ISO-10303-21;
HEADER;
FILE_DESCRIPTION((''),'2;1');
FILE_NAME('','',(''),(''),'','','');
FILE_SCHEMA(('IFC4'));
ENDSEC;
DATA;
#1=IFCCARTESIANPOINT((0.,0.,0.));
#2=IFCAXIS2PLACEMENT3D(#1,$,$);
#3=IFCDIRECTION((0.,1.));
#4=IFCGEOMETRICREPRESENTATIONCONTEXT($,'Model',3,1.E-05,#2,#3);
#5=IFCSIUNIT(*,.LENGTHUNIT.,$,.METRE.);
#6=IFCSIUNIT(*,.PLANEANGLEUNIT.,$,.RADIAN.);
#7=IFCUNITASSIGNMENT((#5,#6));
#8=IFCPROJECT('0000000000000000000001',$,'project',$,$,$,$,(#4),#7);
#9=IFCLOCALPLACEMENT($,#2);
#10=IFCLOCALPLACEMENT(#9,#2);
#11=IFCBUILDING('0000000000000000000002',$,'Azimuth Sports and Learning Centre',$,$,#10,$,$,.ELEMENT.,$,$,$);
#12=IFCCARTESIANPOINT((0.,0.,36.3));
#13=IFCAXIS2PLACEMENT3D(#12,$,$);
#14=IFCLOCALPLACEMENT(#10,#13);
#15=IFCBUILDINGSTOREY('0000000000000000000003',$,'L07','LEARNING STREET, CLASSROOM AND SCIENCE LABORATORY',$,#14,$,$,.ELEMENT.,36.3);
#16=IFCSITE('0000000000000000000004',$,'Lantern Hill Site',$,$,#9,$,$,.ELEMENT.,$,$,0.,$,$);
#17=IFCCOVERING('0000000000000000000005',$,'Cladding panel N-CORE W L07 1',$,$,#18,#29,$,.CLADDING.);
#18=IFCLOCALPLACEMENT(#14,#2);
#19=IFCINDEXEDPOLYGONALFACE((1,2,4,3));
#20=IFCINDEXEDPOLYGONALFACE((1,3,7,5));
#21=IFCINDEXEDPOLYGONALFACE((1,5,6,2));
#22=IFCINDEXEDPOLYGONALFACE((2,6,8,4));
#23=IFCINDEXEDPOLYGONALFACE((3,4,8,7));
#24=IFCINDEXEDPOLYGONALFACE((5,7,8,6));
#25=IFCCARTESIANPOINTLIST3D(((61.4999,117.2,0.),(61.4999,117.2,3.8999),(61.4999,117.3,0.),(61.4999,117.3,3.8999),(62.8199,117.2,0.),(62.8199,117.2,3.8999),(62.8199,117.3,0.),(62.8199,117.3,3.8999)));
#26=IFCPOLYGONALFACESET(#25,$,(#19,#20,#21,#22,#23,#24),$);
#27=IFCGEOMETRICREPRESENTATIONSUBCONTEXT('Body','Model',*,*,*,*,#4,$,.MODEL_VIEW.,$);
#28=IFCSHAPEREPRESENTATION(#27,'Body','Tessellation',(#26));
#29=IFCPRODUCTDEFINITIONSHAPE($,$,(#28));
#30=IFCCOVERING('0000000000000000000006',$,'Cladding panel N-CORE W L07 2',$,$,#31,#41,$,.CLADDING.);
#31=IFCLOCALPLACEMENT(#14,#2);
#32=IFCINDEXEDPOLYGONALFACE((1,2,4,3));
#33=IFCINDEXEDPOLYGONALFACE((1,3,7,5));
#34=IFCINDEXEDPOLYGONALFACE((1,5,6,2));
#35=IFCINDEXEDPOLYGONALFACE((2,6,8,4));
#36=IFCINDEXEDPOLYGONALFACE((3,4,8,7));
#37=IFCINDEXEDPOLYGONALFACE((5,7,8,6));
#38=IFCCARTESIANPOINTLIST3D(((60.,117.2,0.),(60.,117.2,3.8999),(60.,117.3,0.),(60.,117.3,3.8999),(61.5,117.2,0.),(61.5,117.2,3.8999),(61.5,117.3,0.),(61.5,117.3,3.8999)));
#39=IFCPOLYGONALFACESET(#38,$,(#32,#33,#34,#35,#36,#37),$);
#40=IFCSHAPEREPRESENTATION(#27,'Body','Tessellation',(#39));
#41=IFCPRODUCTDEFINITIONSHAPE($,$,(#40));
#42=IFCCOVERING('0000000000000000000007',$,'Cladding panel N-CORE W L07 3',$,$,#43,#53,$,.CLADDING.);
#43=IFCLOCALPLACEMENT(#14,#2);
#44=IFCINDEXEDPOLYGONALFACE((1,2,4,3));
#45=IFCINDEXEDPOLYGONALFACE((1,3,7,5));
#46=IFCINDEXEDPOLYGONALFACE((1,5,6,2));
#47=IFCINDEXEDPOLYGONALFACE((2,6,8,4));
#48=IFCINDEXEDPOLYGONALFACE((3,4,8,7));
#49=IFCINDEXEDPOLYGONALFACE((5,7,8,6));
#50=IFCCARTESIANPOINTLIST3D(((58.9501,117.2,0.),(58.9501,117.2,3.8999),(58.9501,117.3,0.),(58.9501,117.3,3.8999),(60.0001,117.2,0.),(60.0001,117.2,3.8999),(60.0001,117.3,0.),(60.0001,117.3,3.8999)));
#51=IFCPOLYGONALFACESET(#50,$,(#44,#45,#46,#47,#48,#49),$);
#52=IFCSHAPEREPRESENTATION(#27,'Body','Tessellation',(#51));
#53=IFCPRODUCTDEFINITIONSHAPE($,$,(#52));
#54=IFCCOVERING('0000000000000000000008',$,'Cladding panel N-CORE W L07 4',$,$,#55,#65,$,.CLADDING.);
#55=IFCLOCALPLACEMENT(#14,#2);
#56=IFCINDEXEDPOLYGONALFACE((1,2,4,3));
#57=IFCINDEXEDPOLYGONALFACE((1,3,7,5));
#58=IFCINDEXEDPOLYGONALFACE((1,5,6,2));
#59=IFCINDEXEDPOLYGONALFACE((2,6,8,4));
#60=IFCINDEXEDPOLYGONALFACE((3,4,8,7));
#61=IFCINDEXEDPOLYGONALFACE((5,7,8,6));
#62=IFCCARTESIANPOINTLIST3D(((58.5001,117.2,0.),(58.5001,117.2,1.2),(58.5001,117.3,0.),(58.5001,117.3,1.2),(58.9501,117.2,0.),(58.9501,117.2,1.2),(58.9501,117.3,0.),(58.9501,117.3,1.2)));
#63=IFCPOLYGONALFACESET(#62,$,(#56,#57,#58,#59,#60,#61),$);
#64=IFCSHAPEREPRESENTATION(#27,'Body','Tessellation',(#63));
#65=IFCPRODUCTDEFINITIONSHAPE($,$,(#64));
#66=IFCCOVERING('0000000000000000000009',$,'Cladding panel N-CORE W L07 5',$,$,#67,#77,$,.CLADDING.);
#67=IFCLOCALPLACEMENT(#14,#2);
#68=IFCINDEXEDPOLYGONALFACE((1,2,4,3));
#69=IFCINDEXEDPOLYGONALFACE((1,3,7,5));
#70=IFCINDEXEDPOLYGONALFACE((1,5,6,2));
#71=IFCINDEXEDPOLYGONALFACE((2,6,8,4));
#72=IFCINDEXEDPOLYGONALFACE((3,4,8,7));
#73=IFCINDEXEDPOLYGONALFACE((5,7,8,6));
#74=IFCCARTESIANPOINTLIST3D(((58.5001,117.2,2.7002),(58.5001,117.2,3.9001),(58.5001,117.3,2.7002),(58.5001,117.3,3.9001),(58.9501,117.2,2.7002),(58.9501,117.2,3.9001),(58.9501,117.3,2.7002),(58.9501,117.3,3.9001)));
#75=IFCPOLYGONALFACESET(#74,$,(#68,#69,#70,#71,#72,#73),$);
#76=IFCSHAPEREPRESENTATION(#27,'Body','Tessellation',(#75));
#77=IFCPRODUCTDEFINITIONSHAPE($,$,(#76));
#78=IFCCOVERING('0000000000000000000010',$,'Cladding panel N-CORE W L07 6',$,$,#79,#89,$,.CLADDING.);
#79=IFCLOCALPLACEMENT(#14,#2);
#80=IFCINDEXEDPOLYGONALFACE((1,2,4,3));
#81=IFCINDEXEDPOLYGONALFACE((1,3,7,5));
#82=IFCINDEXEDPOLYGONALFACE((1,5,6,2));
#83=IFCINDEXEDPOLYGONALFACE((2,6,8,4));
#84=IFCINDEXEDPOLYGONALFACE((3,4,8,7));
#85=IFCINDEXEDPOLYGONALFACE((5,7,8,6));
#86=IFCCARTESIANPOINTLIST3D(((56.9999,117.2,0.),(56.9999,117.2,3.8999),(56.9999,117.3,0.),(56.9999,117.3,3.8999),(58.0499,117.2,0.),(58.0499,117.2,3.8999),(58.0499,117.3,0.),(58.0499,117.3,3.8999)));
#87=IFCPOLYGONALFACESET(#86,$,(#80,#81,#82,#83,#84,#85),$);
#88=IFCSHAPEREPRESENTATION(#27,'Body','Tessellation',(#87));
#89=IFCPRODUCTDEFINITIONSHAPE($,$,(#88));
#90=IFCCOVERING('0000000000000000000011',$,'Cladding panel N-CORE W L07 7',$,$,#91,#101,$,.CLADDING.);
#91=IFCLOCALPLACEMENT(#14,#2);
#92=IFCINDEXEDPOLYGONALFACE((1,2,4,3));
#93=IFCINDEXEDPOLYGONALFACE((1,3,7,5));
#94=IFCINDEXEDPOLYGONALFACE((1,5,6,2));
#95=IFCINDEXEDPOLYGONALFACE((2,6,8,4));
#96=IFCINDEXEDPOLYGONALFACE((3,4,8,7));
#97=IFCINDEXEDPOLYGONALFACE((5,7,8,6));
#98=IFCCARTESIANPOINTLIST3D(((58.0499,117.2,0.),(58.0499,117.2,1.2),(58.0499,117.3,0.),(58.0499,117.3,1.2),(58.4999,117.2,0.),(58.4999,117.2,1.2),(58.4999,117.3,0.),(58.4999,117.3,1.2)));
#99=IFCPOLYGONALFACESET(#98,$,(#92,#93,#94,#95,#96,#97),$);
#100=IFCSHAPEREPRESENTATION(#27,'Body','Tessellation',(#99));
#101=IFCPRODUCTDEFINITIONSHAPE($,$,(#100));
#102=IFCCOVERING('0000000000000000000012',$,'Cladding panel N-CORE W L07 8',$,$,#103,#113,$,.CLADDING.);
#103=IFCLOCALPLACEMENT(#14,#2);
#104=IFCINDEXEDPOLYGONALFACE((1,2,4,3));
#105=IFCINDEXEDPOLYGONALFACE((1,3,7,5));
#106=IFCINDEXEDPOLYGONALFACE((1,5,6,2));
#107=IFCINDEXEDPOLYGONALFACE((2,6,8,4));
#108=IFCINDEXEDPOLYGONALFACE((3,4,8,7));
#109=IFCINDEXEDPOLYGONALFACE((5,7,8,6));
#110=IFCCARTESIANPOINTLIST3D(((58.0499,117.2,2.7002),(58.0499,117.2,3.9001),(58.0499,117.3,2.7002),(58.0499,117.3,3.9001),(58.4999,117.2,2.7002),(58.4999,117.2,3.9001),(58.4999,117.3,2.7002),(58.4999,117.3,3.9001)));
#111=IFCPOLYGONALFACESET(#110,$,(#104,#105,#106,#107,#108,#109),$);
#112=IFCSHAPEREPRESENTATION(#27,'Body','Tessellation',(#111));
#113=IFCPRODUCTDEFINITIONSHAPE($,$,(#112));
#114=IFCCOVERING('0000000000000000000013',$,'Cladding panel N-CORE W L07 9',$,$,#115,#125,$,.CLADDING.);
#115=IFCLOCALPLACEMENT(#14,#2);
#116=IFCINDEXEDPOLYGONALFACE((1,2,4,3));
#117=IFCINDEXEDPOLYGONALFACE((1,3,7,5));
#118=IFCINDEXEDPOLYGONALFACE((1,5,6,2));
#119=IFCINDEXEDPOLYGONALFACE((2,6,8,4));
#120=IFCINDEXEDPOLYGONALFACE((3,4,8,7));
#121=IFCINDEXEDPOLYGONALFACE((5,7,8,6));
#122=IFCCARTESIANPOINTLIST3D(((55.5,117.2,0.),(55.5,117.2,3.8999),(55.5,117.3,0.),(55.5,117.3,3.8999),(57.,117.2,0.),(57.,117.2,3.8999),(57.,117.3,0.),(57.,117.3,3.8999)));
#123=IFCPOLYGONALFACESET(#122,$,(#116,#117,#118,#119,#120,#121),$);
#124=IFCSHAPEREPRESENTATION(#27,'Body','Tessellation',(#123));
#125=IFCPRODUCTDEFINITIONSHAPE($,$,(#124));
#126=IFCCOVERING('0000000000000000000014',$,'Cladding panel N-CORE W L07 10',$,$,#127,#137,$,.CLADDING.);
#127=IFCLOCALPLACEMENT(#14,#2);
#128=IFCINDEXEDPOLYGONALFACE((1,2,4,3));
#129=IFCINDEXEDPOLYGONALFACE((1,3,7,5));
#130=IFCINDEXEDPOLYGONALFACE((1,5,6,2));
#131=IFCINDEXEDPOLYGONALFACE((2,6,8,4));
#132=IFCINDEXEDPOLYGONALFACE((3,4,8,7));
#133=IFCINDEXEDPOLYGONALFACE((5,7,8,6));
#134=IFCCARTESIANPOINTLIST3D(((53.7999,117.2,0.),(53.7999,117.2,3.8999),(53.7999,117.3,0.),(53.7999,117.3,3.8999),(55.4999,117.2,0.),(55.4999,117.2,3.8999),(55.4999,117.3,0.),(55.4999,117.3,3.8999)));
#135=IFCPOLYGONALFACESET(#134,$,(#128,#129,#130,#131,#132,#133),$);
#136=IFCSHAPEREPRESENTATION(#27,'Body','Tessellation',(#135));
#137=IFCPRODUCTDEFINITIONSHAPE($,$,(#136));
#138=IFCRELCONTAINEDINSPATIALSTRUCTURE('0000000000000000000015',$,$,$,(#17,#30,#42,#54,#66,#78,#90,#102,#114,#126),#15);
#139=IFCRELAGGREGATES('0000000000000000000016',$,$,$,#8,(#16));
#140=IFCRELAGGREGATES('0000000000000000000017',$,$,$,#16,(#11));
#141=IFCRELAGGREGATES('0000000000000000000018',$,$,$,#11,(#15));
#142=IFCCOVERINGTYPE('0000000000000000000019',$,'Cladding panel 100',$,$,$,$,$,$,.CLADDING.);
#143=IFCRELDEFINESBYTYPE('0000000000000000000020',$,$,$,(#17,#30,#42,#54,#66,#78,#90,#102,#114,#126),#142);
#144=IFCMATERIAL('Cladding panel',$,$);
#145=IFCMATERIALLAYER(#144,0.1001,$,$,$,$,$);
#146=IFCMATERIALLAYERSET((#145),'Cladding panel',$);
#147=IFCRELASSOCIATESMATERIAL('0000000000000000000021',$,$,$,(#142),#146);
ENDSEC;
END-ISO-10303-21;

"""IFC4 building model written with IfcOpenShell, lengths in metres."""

from ifc_helpers import new_model, si_unit, direction, frame, origin, origin_2d, place, context, subcontext, project, spatial, rectangle, extrude, material, layer, layer_set, type_object, element, save


model = new_model("IFC4")

# Units and contexts
model_context = context("Model", 3, precision=1e-05, world=origin(), true_north=direction((0.0, 1.0)))
body_context = subcontext(model_context, "Body", "Model", "MODEL_VIEW")
ifc_project = project(units=[si_unit("LENGTHUNIT", "METRE"), si_unit("PLANEANGLEUNIT", "RADIAN")], contexts=[model_context])

# Site, building, storey
site_placement = place(None, origin())
site = spatial("IfcSite", under=ifc_project, at=site_placement, Name="Lantern Hill Site", CompositionType="ELEMENT", RefElevation=0.0)
building_placement = place(site_placement, origin())
building = spatial("IfcBuilding", under=site, at=building_placement, Name="Azimuth Sports and Learning Centre", CompositionType="ELEMENT")
storey_placement = place(building_placement, frame((0.0, 0.0, 36.3)))
storey = spatial("IfcBuildingStorey", under=building, at=storey_placement, Name="L07", Description="LEARNING STREET, CLASSROOM AND SCIENCE LABORATORY", CompositionType="ELEMENT", Elevation=36.3)

# Coverings
ifc_material_1 = material(Name="Cladding panel")
ifc_layer_1 = layer(ifc_material_1, 0.1001)
ifc_layer_set_1 = layer_set([ifc_layer_1], Name="Cladding panel")
covering_type = type_object("IfcCoveringType", Name="Cladding panel 100", PredefinedType="CLADDING", material=ifc_layer_set_1)
covering_1_placement = place(storey_placement, frame((62.1599, 117.25, 0.0), z_axis=(0.0, 0.0, 1.0), x_axis=(-1.0, 0.0, 0.0)))
element("IfcCovering", 1, at=covering_1_placement, inside=storey, type_object=covering_type, Name="Cladding panel N-CORE W L07 1", PredefinedType="CLADDING", context=body_context, shape_type="SweptSolid", body=[
    extrude(rectangle(XDim=1.3201, YDim=0.1001, at=origin_2d()), origin(), (0.0, 0.0, 1.0), 3.8999),
])
covering_2_placement = place(storey_placement, frame((60.75, 117.25, 0.0), z_axis=(0.0, 0.0, 1.0), x_axis=(-1.0, 0.0, 0.0)))
element("IfcCovering", 2, at=covering_2_placement, inside=storey, type_object=covering_type, Name="Cladding panel N-CORE W L07 2", PredefinedType="CLADDING", context=body_context, shape_type="SweptSolid", body=[
    extrude(rectangle(XDim=1.5, YDim=0.1001, at=origin_2d()), origin(), (0.0, 0.0, 1.0), 3.8999),
])
covering_3_placement = place(storey_placement, frame((59.4751, 117.25, 0.0), z_axis=(0.0, 0.0, 1.0), x_axis=(-1.0, 0.0, 0.0)))
element("IfcCovering", 3, at=covering_3_placement, inside=storey, type_object=covering_type, Name="Cladding panel N-CORE W L07 3", PredefinedType="CLADDING", context=body_context, shape_type="SweptSolid", body=[
    extrude(rectangle(XDim=1.05, YDim=0.1001, at=origin_2d()), origin(), (0.0, 0.0, 1.0), 3.8999),
])
for number, where, z_axis, x_axis, name in (
    (4, (58.7251, 117.25, 0.0), (0.0, 0.0, 1.0), (-1.0, 0.0, 0.0), "Cladding panel N-CORE W L07 4"),
    (5, (58.7251, 117.25, 2.7002), (0.0, 0.0, 1.0), (-1.0, 0.0, 0.0), "Cladding panel N-CORE W L07 5"),
):
    element("IfcCovering", number, at=place(storey_placement, frame(where, z_axis=z_axis, x_axis=x_axis)), inside=storey, type_object=covering_type, Name=name, PredefinedType="CLADDING", context=body_context, shape_type="SweptSolid", body=[
        extrude(rectangle(XDim=0.45, YDim=0.1001, at=origin_2d()), origin(), (0.0, 0.0, 1.0), 1.2),
    ])
covering_4_placement = place(storey_placement, frame((57.5249, 117.25, 0.0), z_axis=(0.0, 0.0, 1.0), x_axis=(-1.0, 0.0, 0.0)))
element("IfcCovering", 6, at=covering_4_placement, inside=storey, type_object=covering_type, Name="Cladding panel N-CORE W L07 6", PredefinedType="CLADDING", context=body_context, shape_type="SweptSolid", body=[
    extrude(rectangle(XDim=1.05, YDim=0.1001, at=origin_2d()), origin(), (0.0, 0.0, 1.0), 3.8999),
])
for number, where, z_axis, x_axis, name in (
    (7, (58.2749, 117.25, 0.0), (0.0, 0.0, 1.0), (-1.0, 0.0, 0.0), "Cladding panel N-CORE W L07 7"),
    (8, (58.2749, 117.25, 2.7002), (0.0, 0.0, 1.0), (-1.0, 0.0, 0.0), "Cladding panel N-CORE W L07 8"),
):
    element("IfcCovering", number, at=place(storey_placement, frame(where, z_axis=z_axis, x_axis=x_axis)), inside=storey, type_object=covering_type, Name=name, PredefinedType="CLADDING", context=body_context, shape_type="SweptSolid", body=[
        extrude(rectangle(XDim=0.45, YDim=0.1001, at=origin_2d()), origin(), (0.0, 0.0, 1.0), 1.2),
    ])
covering_5_placement = place(storey_placement, frame((56.25, 117.25, 0.0), z_axis=(0.0, 0.0, 1.0), x_axis=(-1.0, 0.0, 0.0)))
element("IfcCovering", 9, at=covering_5_placement, inside=storey, type_object=covering_type, Name="Cladding panel N-CORE W L07 9", PredefinedType="CLADDING", context=body_context, shape_type="SweptSolid", body=[
    extrude(rectangle(XDim=1.5, YDim=0.1001, at=origin_2d()), origin(), (0.0, 0.0, 1.0), 3.8999),
])
covering_6_placement = place(storey_placement, frame((54.6499, 117.25, 0.0), z_axis=(0.0, 0.0, 1.0), x_axis=(-1.0, 0.0, 0.0)))
element("IfcCovering", 10, at=covering_6_placement, inside=storey, type_object=covering_type, Name="Cladding panel N-CORE W L07 10", PredefinedType="CLADDING", context=body_context, shape_type="SweptSolid", body=[
    extrude(rectangle(XDim=1.7, YDim=0.1001, at=origin_2d()), origin(), (0.0, 0.0, 1.0), 3.8999),
])

save(model, "model.ifc")
